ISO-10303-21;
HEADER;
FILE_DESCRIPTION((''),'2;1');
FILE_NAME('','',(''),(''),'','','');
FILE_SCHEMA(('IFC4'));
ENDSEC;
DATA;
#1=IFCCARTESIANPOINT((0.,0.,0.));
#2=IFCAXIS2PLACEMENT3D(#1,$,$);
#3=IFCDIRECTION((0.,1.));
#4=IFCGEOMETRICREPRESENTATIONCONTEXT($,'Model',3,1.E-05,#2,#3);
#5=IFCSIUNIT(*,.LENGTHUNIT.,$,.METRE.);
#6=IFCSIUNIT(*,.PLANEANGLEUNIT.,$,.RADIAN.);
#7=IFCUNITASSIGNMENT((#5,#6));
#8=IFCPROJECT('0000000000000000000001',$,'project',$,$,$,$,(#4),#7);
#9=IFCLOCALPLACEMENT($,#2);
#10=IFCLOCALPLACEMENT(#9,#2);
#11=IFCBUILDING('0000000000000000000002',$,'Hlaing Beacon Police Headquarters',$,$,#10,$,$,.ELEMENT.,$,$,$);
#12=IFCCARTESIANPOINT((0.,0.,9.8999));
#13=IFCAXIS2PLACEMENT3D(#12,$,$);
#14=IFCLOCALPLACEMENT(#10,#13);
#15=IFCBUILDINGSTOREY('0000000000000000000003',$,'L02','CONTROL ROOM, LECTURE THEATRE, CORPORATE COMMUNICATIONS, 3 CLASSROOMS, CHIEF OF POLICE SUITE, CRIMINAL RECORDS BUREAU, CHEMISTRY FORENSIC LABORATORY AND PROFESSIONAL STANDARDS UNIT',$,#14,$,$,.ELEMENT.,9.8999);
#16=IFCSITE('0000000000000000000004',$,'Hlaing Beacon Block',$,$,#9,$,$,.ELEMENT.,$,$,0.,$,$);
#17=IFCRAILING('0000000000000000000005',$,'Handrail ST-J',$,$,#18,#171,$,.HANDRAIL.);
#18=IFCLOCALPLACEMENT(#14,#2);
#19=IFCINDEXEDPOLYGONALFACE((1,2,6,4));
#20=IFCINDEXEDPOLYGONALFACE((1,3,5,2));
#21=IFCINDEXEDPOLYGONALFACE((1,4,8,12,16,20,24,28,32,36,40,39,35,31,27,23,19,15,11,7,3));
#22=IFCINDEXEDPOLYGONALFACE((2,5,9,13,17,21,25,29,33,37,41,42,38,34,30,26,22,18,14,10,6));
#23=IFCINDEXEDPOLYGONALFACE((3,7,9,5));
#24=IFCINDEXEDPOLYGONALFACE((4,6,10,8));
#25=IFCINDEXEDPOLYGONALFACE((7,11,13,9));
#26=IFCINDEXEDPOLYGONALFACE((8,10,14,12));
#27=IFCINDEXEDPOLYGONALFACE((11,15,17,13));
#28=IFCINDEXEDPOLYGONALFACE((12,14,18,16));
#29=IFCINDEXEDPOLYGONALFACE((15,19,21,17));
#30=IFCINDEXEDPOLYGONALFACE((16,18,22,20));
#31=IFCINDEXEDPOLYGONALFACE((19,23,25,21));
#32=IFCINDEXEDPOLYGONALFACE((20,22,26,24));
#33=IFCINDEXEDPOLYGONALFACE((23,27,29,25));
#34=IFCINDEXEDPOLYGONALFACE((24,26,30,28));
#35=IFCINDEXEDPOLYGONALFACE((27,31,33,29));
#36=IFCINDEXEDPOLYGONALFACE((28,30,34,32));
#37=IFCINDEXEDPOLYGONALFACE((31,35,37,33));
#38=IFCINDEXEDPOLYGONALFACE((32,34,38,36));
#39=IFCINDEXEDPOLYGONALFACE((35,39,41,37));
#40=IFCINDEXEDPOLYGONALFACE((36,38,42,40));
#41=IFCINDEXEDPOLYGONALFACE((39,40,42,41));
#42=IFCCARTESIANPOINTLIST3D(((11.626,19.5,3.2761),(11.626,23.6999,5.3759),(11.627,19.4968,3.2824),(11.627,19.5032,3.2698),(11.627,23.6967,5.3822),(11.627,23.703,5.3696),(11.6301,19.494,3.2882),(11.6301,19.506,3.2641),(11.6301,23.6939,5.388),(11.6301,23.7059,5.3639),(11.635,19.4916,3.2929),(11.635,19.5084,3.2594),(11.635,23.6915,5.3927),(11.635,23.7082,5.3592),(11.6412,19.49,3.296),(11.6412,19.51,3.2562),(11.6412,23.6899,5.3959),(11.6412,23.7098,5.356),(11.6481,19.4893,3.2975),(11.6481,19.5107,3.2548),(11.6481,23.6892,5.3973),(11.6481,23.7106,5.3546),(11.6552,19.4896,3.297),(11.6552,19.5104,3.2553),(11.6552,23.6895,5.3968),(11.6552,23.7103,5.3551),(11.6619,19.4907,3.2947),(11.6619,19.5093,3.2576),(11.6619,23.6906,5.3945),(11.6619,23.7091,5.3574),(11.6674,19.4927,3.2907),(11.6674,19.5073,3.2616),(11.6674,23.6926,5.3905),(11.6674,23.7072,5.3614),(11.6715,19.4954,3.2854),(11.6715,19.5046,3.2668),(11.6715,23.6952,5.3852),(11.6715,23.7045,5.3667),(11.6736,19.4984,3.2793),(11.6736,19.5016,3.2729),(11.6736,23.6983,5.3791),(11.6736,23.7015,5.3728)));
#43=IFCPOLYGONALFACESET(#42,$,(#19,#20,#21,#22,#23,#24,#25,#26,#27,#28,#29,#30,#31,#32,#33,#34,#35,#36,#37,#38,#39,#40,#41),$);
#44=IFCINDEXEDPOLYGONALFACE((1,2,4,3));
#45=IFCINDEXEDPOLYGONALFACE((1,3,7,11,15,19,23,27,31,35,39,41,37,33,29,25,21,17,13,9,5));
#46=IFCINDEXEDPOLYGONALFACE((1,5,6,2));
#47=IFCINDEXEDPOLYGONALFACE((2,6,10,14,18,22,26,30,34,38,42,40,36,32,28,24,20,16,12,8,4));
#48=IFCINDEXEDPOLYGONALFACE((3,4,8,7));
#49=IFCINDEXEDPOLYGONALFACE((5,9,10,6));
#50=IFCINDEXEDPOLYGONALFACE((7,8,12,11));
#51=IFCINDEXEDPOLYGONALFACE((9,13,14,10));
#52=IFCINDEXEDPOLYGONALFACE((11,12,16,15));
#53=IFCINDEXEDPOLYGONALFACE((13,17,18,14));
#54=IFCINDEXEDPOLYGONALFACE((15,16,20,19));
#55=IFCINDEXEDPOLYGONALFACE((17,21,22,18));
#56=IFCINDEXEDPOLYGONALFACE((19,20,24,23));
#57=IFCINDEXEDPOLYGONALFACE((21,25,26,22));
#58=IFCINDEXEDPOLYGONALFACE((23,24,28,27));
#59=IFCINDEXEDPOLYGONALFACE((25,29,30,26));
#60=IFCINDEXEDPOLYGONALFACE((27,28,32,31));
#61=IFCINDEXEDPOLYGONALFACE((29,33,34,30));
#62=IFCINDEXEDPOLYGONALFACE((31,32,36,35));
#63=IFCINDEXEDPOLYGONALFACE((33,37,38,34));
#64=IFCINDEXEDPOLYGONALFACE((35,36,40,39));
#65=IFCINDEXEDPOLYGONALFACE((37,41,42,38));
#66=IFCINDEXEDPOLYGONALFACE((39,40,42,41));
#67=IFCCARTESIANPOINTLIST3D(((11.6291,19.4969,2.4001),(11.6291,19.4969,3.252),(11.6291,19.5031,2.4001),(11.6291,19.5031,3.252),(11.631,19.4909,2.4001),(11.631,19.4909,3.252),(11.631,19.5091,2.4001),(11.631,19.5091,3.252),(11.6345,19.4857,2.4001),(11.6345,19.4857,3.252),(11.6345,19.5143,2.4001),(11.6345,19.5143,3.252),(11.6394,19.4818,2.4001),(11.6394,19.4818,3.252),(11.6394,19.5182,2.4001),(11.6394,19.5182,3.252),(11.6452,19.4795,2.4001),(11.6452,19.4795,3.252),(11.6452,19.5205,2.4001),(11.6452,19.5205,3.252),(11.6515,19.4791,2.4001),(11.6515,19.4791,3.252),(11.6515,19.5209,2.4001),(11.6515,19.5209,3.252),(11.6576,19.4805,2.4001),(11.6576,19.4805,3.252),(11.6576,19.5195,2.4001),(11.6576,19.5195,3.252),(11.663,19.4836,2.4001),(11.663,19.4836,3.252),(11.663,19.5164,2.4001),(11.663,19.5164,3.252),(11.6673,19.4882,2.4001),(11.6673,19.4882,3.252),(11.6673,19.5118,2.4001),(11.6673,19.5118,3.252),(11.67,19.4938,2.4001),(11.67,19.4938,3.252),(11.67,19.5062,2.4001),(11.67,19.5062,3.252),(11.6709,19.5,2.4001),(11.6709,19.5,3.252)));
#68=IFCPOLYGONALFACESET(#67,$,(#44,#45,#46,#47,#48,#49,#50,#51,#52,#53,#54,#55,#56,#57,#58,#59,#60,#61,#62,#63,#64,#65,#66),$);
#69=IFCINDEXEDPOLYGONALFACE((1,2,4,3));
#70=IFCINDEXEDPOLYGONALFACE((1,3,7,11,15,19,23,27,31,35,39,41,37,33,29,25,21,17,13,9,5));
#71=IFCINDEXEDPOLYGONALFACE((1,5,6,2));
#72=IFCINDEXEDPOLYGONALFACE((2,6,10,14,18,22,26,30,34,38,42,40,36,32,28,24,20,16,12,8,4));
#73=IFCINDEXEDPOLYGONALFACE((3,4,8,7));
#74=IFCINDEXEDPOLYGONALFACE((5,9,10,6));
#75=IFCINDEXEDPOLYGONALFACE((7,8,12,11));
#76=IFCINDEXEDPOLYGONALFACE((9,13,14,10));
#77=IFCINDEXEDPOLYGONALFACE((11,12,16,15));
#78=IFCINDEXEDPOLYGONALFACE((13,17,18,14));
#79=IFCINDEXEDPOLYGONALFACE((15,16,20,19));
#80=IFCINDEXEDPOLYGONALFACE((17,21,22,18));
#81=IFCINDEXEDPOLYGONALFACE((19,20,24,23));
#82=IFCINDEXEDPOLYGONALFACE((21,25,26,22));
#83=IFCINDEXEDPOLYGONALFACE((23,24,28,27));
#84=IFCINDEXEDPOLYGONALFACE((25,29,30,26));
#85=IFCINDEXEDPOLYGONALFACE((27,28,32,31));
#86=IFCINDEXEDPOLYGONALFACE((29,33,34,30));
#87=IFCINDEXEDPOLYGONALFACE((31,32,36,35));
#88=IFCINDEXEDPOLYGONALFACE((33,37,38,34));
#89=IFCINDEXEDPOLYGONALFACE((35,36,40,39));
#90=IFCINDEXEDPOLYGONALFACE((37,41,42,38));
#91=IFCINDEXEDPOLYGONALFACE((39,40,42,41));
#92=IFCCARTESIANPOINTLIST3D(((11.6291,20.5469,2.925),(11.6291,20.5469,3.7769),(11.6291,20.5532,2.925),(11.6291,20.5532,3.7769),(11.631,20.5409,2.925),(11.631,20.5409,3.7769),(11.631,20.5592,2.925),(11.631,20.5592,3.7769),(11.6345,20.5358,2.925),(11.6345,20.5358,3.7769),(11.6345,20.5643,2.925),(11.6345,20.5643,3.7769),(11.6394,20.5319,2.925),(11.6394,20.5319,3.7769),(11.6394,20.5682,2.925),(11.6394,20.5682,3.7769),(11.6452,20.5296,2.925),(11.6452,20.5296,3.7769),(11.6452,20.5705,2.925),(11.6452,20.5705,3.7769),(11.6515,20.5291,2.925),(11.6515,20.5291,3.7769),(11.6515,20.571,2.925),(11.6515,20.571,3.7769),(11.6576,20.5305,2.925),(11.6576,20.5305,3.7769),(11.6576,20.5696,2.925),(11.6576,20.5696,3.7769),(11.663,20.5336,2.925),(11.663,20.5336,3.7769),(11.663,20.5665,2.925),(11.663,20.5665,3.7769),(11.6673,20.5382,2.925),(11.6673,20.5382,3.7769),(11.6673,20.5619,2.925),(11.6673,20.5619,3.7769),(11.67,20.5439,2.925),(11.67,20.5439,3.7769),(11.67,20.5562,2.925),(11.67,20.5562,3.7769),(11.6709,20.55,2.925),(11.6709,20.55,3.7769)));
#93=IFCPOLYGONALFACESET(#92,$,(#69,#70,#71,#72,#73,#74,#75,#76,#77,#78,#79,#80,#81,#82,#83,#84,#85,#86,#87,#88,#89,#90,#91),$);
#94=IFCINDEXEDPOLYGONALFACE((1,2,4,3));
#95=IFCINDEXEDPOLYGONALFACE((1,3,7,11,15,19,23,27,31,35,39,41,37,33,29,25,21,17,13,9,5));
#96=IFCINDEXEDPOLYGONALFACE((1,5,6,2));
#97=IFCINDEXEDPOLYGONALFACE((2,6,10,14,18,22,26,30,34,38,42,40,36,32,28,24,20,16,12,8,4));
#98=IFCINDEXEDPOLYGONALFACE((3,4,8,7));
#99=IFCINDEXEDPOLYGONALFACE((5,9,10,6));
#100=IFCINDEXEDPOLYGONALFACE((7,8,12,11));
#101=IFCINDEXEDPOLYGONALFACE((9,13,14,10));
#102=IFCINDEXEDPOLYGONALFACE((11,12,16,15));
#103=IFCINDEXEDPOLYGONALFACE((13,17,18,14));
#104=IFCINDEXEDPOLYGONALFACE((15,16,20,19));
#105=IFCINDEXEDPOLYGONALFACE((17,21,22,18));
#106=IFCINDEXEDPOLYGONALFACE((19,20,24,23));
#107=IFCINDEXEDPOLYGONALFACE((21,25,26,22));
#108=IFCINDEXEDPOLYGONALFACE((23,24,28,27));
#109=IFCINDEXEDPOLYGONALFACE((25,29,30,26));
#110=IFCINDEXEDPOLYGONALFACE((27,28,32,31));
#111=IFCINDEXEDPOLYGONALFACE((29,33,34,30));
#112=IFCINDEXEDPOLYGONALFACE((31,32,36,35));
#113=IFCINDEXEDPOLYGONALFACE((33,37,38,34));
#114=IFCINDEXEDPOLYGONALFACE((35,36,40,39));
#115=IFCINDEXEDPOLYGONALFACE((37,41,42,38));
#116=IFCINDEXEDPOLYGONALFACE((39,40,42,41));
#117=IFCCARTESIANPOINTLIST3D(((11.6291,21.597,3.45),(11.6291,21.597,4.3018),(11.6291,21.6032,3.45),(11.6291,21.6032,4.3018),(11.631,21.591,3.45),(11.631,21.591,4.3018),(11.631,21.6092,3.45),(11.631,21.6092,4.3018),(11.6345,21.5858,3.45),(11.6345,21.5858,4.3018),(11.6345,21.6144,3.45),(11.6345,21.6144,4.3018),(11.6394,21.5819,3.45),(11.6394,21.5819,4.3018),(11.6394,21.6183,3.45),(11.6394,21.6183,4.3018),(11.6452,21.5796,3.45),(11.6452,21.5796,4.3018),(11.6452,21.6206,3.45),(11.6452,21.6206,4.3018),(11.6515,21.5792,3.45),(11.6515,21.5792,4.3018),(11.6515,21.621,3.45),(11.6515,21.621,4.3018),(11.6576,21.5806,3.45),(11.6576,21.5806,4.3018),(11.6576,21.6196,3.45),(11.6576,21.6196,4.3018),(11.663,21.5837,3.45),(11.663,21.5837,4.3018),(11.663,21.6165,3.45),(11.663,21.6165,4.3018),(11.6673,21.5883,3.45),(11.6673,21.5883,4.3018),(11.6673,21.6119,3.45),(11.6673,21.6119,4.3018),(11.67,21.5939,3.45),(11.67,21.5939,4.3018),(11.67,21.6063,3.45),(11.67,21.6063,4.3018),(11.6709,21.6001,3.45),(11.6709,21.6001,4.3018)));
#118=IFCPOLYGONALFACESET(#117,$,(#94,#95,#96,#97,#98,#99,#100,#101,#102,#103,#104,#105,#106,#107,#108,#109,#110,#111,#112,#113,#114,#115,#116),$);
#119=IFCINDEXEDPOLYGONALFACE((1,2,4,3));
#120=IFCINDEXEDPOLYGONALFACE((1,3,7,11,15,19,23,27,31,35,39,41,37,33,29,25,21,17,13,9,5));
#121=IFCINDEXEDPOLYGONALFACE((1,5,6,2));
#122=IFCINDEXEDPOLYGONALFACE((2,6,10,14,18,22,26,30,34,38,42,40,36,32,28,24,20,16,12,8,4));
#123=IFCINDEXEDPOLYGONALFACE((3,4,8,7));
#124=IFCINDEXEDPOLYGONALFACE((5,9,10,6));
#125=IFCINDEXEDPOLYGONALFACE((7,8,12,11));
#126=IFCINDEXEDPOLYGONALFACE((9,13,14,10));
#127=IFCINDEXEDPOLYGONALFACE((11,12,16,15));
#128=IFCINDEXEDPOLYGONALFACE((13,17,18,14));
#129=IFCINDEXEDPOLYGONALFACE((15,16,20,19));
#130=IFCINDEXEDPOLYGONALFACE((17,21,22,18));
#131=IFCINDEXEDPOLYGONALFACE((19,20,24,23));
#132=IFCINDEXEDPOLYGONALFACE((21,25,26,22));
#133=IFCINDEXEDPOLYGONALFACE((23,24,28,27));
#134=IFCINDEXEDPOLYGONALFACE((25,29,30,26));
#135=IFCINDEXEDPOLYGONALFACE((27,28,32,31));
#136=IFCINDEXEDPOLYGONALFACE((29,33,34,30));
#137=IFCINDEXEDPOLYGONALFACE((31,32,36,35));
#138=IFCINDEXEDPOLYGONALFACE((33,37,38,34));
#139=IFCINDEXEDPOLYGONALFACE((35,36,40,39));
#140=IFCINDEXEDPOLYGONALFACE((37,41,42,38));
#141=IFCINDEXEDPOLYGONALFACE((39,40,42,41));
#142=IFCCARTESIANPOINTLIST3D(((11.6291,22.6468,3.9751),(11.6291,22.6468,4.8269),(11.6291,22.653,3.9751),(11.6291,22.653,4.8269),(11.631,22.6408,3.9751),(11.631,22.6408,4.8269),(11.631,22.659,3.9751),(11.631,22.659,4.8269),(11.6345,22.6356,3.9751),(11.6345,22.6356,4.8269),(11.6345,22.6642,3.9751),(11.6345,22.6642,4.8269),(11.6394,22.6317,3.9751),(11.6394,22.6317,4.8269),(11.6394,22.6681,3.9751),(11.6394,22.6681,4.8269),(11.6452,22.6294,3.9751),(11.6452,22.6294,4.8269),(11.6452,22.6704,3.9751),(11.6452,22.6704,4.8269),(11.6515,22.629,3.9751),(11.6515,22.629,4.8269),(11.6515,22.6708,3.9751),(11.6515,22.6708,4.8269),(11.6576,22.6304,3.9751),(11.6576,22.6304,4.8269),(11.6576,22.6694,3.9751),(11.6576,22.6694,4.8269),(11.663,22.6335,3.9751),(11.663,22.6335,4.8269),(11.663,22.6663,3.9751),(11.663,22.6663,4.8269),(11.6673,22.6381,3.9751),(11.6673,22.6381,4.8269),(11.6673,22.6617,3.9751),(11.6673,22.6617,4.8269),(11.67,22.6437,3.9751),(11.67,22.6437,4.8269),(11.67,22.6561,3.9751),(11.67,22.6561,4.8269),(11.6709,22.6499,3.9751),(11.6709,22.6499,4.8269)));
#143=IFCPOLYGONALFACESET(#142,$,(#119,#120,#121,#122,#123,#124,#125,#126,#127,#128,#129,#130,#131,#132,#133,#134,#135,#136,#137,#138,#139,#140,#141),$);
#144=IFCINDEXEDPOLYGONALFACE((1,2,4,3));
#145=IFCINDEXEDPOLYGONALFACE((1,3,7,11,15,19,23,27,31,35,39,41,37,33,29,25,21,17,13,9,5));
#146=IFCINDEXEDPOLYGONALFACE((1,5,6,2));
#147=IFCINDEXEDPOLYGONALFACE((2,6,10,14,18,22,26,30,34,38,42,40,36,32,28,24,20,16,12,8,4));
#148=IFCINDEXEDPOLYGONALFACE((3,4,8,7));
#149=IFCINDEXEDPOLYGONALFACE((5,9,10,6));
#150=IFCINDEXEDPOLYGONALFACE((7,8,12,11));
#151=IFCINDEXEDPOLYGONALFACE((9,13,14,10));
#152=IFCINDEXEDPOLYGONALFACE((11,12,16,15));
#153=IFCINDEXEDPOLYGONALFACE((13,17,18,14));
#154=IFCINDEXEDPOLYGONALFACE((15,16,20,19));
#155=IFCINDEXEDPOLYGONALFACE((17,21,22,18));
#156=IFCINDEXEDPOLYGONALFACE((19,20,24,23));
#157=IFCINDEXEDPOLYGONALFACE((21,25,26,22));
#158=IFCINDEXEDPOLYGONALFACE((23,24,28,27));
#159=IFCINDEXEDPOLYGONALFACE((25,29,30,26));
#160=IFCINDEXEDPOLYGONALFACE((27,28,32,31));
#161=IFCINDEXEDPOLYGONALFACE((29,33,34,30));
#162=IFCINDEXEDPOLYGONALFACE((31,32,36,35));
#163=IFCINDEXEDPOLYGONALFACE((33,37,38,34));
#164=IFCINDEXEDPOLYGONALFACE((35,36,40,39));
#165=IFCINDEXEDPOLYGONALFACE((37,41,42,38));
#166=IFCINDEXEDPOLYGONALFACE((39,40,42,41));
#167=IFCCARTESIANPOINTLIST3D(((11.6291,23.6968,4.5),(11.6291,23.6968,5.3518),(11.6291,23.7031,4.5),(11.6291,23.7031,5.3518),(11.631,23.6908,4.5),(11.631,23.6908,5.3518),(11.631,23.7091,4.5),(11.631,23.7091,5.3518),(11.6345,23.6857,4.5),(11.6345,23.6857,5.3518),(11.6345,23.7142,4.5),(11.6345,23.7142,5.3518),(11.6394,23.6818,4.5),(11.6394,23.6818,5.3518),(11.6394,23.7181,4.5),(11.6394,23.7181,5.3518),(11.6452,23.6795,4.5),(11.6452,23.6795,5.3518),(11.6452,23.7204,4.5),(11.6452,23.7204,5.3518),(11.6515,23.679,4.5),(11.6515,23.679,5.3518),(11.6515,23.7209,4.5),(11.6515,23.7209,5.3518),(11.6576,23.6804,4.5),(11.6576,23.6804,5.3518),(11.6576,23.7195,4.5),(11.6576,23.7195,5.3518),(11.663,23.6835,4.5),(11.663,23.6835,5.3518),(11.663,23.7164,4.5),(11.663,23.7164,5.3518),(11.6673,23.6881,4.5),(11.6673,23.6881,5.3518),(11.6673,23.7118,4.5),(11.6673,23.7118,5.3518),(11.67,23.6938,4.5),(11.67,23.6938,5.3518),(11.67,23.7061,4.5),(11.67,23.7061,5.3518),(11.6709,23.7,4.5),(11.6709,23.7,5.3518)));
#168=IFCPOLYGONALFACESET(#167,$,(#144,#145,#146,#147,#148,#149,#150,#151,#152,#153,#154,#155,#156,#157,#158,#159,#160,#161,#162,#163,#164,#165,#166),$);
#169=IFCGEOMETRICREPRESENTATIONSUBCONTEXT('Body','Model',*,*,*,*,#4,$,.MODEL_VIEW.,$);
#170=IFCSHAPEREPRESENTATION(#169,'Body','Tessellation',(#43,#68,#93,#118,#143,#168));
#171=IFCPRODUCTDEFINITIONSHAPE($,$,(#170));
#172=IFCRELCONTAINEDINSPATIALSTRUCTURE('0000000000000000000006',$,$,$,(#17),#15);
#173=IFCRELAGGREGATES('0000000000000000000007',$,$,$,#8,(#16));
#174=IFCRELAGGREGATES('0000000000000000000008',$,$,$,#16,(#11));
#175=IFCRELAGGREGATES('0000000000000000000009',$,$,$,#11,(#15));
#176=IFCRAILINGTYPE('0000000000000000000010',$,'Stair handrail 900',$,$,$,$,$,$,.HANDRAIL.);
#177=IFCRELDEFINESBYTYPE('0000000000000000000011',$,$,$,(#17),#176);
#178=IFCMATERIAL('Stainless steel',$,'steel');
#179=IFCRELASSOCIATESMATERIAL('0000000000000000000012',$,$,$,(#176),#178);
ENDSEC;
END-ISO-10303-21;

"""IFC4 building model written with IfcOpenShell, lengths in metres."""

from ifc_helpers import new_model, si_unit, direction, frame, origin, origin_2d, place, context, subcontext, project, spatial, circle, extrude, material, type_object, element, save


model = new_model("IFC4")

# Units and contexts
model_context = context("Model", 3, precision=1e-05, world=origin(), true_north=direction((0.0, 1.0)))
body_context = subcontext(model_context, "Body", "Model", "MODEL_VIEW")
ifc_project = project(units=[si_unit("LENGTHUNIT", "METRE"), si_unit("PLANEANGLEUNIT", "RADIAN")], contexts=[model_context])

# Site, building, storey
site_placement = place(None, origin())
site = spatial("IfcSite", under=ifc_project, at=site_placement, Name="Hlaing Beacon Block", CompositionType="ELEMENT", RefElevation=0.0)
building_placement = place(site_placement, origin())
building = spatial("IfcBuilding", under=site, at=building_placement, Name="Hlaing Beacon Police Headquarters", CompositionType="ELEMENT")
storey_placement = place(building_placement, frame((0.0, 0.0, 9.8999)))
storey = spatial("IfcBuildingStorey", under=building, at=storey_placement, Name="L02", Description="CONTROL ROOM, LECTURE THEATRE, CORPORATE COMMUNICATIONS, 3 CLASSROOMS, CHIEF OF POLICE SUITE, CRIMINAL RECORDS BUREAU, CHEMISTRY FORENSIC LABORATORY AND PROFESSIONAL STANDARDS UNIT", CompositionType="ELEMENT", Elevation=9.8999)

# Railing
ifc_material_1 = material(Name="Stainless steel", Category="steel")
railing_type_1 = type_object("IfcRailingType", Name="Stair handrail 900", PredefinedType="HANDRAIL", material=ifc_material_1)
for number, where, name in (
    (1, (11.6499, 19.5, 2.4001), "Handrail ST-J"),
):
    element("IfcRailing", number, at=place(storey_placement, frame(where)), inside=storey, type_object=railing_type_1, Name=name, PredefinedType="HANDRAIL", context=body_context, shape_type="SweptSolid", body=[
        extrude(circle(Radius=0.0239, at=origin_2d()), frame((0.0, 0.0, 0.876), z_axis=(0.0, 0.894438, 0.447193), x_axis=(-1.0, 0.0, 0.0)), (0.0, 0.0, 1.0), 4.6956),
        extrude(circle(Radius=0.021, at=origin_2d()), origin(), (0.0, 0.0, 1.0), 0.8518),
        extrude(circle(Radius=0.021, at=origin_2d()), frame((0.0, 1.05, 0.5249)), (0.0, 0.0, 1.0), 0.8518),
        extrude(circle(Radius=0.021, at=origin_2d()), frame((0.0, 2.1001, 1.0498)), (0.0, 0.0, 1.0), 0.8518),
        extrude(circle(Radius=0.021, at=origin_2d()), frame((0.0, 3.1499, 1.575)), (0.0, 0.0, 1.0), 0.8518),
        extrude(circle(Radius=0.021, at=origin_2d()), frame((0.0, 4.2, 2.0999)), (0.0, 0.0, 1.0), 0.8518),
    ])

save(model, "model.ifc")
